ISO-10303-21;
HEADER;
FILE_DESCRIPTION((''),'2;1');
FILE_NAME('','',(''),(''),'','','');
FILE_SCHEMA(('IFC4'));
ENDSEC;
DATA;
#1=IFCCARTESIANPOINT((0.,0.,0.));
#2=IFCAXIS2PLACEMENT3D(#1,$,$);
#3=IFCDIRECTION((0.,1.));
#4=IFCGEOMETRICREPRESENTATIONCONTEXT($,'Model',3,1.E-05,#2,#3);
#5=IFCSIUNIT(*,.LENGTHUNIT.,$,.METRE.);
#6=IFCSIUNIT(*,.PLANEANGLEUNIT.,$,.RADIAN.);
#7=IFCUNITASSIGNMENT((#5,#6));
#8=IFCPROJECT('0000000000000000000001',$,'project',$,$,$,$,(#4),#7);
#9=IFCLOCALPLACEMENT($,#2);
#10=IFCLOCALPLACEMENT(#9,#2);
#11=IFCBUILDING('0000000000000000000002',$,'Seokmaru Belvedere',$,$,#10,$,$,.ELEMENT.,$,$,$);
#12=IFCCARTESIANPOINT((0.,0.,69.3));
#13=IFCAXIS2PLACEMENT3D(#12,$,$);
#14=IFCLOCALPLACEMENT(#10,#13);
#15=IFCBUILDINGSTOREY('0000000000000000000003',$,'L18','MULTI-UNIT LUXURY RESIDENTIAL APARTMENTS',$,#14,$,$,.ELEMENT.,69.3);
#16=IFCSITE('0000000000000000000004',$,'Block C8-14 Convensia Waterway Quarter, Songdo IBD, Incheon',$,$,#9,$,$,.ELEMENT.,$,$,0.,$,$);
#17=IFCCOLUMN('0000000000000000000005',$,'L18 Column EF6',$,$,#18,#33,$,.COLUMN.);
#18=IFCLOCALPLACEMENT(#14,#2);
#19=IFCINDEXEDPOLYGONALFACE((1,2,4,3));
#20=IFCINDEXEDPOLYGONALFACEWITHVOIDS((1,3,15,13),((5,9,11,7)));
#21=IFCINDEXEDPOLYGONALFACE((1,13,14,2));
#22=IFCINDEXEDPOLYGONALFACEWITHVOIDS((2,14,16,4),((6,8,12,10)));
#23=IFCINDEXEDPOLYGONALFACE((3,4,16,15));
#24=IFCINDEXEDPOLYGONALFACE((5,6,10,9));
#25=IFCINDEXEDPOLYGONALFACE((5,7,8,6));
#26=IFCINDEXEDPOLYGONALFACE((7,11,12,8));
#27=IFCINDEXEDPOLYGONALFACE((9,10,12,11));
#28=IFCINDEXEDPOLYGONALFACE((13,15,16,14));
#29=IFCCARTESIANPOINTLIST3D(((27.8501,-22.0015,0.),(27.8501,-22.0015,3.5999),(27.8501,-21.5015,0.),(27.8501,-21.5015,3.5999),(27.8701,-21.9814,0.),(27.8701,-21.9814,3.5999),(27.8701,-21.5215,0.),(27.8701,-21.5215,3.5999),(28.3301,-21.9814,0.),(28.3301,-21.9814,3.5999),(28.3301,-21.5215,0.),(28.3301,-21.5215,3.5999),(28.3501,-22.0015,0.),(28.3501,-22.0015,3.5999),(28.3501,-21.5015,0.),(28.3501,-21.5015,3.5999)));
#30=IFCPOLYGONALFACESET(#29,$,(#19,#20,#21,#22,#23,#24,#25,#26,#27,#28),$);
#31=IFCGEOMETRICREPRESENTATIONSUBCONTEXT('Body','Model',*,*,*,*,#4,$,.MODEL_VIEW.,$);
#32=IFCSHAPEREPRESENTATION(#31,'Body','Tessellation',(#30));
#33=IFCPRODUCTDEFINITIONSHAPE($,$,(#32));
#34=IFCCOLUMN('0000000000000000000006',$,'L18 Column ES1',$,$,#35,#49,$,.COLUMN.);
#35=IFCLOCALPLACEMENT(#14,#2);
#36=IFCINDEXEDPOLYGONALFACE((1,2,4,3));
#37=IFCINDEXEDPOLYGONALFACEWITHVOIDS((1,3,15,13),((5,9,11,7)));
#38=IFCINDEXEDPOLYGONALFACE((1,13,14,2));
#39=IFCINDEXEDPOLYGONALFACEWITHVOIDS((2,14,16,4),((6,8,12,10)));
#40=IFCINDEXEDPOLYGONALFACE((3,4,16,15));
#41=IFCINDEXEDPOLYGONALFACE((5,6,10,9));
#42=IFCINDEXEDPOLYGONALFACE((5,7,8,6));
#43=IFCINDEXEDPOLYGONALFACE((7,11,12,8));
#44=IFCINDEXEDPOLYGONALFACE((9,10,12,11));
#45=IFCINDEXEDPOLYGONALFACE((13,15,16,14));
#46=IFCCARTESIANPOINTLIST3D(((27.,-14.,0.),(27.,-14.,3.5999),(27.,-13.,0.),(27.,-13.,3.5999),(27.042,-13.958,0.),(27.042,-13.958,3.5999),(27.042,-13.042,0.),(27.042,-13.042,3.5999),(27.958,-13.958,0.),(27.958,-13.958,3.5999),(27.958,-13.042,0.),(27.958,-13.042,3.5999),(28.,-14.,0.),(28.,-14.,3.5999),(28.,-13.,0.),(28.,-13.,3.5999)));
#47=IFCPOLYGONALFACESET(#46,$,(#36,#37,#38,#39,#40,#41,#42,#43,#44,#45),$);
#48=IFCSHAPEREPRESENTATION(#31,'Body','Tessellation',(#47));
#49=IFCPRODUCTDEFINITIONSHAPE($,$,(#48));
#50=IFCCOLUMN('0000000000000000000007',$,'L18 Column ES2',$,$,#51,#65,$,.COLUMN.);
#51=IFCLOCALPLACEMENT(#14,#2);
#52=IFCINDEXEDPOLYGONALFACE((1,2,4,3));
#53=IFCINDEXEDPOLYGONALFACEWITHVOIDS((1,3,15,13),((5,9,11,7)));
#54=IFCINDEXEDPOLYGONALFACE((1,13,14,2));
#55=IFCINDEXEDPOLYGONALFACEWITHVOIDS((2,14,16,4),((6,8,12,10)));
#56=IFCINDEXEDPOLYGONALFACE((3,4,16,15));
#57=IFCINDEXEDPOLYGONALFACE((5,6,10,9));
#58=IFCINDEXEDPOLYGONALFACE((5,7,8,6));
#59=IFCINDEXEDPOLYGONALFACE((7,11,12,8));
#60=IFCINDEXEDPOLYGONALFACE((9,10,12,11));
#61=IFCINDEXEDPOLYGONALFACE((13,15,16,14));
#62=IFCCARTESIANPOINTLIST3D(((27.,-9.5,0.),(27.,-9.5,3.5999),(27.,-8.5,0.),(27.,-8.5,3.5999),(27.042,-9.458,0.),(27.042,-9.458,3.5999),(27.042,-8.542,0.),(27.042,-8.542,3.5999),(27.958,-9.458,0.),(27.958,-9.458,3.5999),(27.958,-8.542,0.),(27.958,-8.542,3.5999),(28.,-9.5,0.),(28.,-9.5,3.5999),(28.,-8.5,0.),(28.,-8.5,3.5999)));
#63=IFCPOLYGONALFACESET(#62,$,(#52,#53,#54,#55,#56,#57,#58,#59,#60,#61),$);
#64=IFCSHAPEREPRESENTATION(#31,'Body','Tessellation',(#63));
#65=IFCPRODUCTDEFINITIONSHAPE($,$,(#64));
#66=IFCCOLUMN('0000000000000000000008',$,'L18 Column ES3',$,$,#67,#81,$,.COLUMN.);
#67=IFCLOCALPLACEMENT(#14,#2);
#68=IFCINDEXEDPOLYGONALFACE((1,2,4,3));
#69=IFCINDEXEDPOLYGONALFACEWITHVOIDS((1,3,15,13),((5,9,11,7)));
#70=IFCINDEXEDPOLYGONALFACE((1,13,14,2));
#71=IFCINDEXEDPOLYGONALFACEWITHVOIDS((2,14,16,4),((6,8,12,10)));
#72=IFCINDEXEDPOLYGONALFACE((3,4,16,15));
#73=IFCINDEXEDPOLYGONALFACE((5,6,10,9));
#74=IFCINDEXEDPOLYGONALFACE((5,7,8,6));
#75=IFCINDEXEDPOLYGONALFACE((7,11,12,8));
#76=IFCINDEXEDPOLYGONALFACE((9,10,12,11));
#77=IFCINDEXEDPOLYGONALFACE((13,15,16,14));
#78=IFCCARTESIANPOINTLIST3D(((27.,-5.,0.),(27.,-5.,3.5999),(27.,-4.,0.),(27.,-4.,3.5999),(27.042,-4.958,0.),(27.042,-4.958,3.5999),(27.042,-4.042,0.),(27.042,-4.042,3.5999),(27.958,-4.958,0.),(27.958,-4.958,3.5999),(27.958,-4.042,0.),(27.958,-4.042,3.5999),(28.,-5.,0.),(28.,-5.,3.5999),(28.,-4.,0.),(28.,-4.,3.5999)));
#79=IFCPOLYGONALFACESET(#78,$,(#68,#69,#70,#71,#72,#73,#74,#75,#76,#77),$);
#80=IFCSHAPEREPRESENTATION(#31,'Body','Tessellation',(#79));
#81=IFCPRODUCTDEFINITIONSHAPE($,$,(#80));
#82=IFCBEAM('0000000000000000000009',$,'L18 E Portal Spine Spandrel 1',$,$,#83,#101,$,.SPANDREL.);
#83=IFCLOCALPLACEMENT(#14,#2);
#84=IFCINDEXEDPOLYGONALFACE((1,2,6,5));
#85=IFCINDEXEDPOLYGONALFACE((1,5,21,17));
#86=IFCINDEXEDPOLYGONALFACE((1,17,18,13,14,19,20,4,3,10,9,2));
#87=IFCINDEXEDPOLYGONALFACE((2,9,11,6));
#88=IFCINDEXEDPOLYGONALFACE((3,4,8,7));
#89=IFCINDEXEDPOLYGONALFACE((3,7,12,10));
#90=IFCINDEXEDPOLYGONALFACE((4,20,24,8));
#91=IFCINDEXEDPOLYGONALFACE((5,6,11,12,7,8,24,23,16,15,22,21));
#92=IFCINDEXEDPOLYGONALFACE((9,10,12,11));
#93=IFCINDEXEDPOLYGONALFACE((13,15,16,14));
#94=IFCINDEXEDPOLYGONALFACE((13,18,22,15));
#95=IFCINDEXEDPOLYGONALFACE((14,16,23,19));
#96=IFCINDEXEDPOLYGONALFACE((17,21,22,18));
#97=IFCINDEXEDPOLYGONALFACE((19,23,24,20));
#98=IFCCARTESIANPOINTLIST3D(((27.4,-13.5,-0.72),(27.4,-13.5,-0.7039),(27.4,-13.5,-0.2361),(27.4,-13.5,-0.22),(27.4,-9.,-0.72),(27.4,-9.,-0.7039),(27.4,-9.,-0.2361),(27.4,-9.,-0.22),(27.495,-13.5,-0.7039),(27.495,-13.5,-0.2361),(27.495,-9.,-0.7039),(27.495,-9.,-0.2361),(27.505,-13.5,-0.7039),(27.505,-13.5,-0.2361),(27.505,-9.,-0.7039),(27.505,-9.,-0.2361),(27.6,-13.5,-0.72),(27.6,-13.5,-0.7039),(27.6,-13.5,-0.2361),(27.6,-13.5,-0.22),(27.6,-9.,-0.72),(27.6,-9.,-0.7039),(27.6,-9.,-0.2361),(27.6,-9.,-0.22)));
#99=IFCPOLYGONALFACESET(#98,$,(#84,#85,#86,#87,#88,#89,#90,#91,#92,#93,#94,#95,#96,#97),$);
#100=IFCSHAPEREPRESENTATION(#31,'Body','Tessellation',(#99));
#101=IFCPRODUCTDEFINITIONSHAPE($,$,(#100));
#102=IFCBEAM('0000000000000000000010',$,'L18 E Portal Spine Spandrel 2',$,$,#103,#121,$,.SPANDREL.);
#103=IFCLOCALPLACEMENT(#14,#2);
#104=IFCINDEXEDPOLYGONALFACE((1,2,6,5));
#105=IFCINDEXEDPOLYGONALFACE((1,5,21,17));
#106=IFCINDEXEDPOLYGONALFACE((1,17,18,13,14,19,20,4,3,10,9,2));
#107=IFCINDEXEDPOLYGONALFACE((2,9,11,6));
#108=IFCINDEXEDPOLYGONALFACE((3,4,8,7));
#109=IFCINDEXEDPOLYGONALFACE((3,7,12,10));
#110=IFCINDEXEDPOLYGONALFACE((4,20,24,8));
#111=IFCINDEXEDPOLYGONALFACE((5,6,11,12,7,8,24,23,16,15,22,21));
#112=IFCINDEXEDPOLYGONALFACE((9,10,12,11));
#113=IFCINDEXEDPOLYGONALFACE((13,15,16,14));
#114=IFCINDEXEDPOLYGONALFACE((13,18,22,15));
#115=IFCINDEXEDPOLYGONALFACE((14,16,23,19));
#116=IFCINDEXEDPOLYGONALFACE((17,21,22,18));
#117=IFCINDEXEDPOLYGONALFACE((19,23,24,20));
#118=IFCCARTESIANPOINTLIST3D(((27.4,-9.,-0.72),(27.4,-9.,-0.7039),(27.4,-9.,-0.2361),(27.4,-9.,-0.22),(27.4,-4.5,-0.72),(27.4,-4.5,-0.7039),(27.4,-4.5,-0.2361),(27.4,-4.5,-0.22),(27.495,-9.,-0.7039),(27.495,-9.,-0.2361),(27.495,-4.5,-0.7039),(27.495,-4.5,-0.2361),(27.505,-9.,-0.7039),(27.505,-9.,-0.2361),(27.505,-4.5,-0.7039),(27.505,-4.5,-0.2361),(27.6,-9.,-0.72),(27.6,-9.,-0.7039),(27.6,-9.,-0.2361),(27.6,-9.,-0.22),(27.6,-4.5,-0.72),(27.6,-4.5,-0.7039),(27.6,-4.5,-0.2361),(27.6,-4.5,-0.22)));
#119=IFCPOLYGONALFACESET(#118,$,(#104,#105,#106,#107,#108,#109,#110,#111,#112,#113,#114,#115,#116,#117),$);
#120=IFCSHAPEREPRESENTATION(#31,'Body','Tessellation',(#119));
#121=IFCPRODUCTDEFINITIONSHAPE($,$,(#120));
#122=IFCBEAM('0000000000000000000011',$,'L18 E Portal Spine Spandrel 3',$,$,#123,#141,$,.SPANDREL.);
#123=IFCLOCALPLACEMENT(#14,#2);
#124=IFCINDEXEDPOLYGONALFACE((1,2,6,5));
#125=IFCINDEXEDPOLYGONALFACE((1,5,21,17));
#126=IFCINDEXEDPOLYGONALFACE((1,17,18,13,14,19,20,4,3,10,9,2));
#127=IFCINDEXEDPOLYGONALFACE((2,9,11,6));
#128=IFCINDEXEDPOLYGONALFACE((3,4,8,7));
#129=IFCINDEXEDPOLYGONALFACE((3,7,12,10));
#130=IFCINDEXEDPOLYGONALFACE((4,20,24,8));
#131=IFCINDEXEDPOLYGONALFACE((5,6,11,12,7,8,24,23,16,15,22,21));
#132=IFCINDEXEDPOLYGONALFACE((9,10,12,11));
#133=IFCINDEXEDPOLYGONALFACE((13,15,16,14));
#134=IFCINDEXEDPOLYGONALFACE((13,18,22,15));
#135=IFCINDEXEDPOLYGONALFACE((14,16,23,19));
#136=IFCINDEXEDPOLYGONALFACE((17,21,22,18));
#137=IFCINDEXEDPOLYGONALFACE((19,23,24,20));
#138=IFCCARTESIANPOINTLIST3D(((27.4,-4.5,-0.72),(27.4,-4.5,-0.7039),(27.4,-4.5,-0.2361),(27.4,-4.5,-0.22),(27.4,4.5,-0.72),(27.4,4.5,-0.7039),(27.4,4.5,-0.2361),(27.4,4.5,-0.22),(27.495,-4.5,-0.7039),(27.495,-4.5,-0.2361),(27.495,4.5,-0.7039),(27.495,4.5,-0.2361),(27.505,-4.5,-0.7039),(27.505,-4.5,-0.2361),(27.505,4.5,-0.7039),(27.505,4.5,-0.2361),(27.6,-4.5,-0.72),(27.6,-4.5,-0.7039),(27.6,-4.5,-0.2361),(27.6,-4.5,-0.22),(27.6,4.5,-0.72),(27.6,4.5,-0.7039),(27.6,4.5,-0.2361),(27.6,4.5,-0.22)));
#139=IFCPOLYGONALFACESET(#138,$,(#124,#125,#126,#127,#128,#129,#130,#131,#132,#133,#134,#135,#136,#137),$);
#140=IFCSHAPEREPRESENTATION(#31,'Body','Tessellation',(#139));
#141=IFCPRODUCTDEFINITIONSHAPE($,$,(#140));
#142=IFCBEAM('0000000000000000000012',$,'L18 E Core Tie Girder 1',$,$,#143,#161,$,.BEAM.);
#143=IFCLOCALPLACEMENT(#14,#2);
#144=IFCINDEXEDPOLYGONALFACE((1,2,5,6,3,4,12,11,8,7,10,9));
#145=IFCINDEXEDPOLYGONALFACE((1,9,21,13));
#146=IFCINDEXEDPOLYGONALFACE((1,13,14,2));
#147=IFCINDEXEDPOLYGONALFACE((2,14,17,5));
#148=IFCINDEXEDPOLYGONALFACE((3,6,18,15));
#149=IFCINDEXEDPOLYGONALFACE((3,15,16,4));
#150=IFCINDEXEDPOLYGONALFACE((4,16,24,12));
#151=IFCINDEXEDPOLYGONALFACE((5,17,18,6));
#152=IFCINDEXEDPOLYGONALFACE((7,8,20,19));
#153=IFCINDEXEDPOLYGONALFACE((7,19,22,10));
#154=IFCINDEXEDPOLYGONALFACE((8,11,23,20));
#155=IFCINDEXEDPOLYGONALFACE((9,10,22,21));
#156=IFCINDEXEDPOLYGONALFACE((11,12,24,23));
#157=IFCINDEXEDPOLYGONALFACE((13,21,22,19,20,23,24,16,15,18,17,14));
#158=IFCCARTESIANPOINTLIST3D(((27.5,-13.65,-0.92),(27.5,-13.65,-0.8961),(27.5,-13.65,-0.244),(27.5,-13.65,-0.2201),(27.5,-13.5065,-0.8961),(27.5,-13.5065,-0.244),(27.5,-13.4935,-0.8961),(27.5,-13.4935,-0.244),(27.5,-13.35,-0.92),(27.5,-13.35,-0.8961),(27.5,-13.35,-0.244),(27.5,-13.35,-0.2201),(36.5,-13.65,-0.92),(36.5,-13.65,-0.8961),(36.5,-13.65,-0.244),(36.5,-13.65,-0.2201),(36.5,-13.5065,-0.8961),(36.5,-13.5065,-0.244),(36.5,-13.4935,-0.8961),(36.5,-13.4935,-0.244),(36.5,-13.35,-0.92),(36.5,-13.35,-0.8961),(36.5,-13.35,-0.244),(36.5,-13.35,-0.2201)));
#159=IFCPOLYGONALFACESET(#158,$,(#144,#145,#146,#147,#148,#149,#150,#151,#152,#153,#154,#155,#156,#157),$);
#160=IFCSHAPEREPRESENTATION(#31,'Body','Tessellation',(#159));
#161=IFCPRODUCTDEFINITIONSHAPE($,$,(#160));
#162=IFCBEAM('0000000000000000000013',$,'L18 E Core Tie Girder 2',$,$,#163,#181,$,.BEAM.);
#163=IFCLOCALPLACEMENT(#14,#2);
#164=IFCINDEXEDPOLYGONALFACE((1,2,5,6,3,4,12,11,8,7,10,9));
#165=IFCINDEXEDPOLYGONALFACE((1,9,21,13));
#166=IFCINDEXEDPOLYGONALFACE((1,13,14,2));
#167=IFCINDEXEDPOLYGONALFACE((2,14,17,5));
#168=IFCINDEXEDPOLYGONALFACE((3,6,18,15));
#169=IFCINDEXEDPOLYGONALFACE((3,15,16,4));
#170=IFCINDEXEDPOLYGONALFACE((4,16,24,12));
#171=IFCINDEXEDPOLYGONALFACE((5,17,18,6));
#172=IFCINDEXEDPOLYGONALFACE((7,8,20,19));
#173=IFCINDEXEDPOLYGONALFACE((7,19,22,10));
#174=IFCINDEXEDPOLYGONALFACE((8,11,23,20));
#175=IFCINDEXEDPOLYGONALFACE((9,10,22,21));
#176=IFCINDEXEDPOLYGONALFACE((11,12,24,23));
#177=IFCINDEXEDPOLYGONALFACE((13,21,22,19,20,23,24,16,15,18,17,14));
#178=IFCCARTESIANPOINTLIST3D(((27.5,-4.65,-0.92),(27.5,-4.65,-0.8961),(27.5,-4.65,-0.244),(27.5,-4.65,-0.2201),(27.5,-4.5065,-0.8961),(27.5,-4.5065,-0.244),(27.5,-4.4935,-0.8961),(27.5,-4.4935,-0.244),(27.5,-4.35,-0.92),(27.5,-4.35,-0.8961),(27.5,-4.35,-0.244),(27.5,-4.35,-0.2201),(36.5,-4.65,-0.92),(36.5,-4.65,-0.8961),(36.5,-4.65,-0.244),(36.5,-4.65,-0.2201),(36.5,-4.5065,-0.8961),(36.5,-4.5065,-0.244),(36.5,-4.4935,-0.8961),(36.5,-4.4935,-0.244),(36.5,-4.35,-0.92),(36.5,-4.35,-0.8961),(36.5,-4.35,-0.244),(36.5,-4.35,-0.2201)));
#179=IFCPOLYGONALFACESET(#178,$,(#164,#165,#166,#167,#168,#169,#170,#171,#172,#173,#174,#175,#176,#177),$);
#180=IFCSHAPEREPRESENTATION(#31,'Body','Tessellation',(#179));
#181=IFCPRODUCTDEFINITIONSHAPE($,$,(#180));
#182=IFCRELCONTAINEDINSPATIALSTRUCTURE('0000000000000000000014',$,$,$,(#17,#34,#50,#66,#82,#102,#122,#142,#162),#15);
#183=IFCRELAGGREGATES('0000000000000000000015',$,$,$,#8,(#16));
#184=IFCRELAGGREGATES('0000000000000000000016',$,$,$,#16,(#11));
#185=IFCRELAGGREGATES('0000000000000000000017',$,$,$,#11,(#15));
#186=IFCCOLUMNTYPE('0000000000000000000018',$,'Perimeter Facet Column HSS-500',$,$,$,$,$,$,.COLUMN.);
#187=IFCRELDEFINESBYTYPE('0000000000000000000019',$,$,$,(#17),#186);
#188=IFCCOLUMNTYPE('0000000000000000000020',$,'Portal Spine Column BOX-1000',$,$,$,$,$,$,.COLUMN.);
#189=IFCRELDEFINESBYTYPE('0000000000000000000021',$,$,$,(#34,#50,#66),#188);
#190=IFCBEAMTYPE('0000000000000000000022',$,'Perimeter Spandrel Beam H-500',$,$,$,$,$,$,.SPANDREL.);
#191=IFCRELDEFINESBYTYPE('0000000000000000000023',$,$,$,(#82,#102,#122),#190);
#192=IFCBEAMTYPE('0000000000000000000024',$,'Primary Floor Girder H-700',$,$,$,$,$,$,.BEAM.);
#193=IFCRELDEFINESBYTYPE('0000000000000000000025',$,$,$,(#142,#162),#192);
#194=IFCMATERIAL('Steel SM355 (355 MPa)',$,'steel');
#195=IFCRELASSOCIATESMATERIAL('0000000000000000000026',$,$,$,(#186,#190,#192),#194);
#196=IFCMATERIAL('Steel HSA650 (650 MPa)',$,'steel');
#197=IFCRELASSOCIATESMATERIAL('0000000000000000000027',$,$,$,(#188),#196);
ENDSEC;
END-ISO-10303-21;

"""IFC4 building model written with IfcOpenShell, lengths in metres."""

from ifc_helpers import new_model, si_unit, direction, frame, origin, origin_2d, place, context, subcontext, project, spatial, hollow_rectangle, i_section, extrude, source, transform, mapped, material, material_profile, profile_set, type_object, type_shapes, element, save


model = new_model("IFC4")

# Units and contexts
model_context = context("Model", 3, precision=1e-05, world=origin(), true_north=direction((0.0, 1.0)))
body_context = subcontext(model_context, "Body", "Model", "MODEL_VIEW")
ifc_project = project(units=[si_unit("LENGTHUNIT", "METRE"), si_unit("PLANEANGLEUNIT", "RADIAN")], contexts=[model_context])

# Site, building, storey
site_placement = place(None, origin())
site = spatial("IfcSite", under=ifc_project, at=site_placement, Name="Block C8-14 Convensia Waterway Quarter, Songdo IBD, Incheon", CompositionType="ELEMENT", RefElevation=0.0)
building_placement = place(site_placement, origin())
building = spatial("IfcBuilding", under=site, at=building_placement, Name="Seokmaru Belvedere", CompositionType="ELEMENT")
storey_placement = place(building_placement, frame((0.0, 0.0, 69.3)))
storey = spatial("IfcBuildingStorey", under=building, at=storey_placement, Name="L18", Description="MULTI-UNIT LUXURY RESIDENTIAL APARTMENTS", CompositionType="ELEMENT", Elevation=69.3)

# Columns
ifc_material_1 = material(Name="Steel SM355 (355 MPa)", Category="steel")
ifc_material_profile_1 = material_profile(ifc_material_1, hollow_rectangle(XDim=0.5, YDim=0.5, WallThickness=0.02, at=origin_2d()), Name="HSS-500x500x20")
ifc_profile_set_1 = profile_set([ifc_material_profile_1], Name="Steel SM355 (355 MPa)")
column_type_1 = type_object("IfcColumnType", Name="Perimeter Facet Column HSS-500", PredefinedType="COLUMN", material=ifc_profile_set_1)
shared_shape_1 = source(origin(), body_context, "Body", "SweptSolid", [
    extrude(hollow_rectangle(XDim=0.5, YDim=0.5, WallThickness=0.02, at=origin_2d()), origin(), (0.0, 0.0, 1.0), 3.5999),
])
type_shapes(column_type_1, [shared_shape_1])
column_placement = place(storey_placement, frame((28.1001, -21.7515, 0.0), z_axis=(0.0, 0.0, 1.0), x_axis=(1.0, 0.0, 0.0)))
element("IfcColumn", 1, at=column_placement, inside=storey, type_object=column_type_1, Name="L18 Column EF6", PredefinedType="COLUMN", context=body_context, shape_type="MappedRepresentation", body=[
    mapped(shared_shape_1, transform((0.0, 0.0, 0.0), scale=1.0)),
])
ifc_material_2 = material(Name="Steel HSA650 (650 MPa)", Category="steel")
ifc_material_profile_2 = material_profile(ifc_material_2, hollow_rectangle(XDim=1.0, YDim=1.0, WallThickness=0.042, at=origin_2d()), Name="BOX-1000x1000x42")
ifc_profile_set_2 = profile_set([ifc_material_profile_2], Name="Steel HSA650 (650 MPa)")
column_type_2 = type_object("IfcColumnType", Name="Portal Spine Column BOX-1000", PredefinedType="COLUMN", material=ifc_profile_set_2)
shared_shape_2 = source(origin(), body_context, "Body", "SweptSolid", [
    extrude(hollow_rectangle(XDim=1.0, YDim=1.0, WallThickness=0.042, at=origin_2d()), origin(), (0.0, 0.0, 1.0), 3.5999),
])
type_shapes(column_type_2, [shared_shape_2])
for number, where, z_axis, x_axis, name in (
    (2, (27.5, -13.5, 0.0), (0.0, 0.0, 1.0), (1.0, 0.0, 0.0), "L18 Column ES1"),
    (3, (27.5, -9.0, 0.0), (0.0, 0.0, 1.0), (1.0, 0.0, 0.0), "L18 Column ES2"),
    (4, (27.5, -4.5, 0.0), (0.0, 0.0, 1.0), (1.0, 0.0, 0.0), "L18 Column ES3"),
):
    element("IfcColumn", number, at=place(storey_placement, frame(where, z_axis=z_axis, x_axis=x_axis)), inside=storey, type_object=column_type_2, Name=name, PredefinedType="COLUMN", context=body_context, shape_type="MappedRepresentation", body=[
        mapped(shared_shape_2, transform((0.0, 0.0, 0.0), scale=1.0)),
    ])

# Beams
ifc_material_profile_3 = material_profile(ifc_material_1, i_section(OverallWidth=0.2, OverallDepth=0.5, WebThickness=0.01, FlangeThickness=0.0161, at=origin_2d()), Name="H-500x200x10x16")
ifc_profile_set_3 = profile_set([ifc_material_profile_3], Name="Steel SM355 (355 MPa)")
beam_type_1 = type_object("IfcBeamType", Name="Perimeter Spandrel Beam H-500", PredefinedType="SPANDREL", material=ifc_profile_set_3)
shared_shape_3 = source(origin(), body_context, "Body", "SweptSolid", [
    extrude(i_section(OverallWidth=0.2, OverallDepth=0.5, WebThickness=0.01, FlangeThickness=0.0161, at=origin_2d()), origin(), (0.0, 0.0, 1.0), 4.5),
])
for number, where, z_axis, x_axis, name in (
    (5, (27.5, -13.5, -0.47), (0.0, 1.0, 0.0), (-1.0, 0.0, 0.0), "L18 E Portal Spine Spandrel 1"),
    (6, (27.5, -9.0, -0.47), (0.0, 1.0, 0.0), (-1.0, 0.0, 0.0), "L18 E Portal Spine Spandrel 2"),
):
    element("IfcBeam", number, at=place(storey_placement, frame(where, z_axis=z_axis, x_axis=x_axis)), inside=storey, type_object=beam_type_1, Name=name, PredefinedType="SPANDREL", context=body_context, shape_type="MappedRepresentation", body=[
        mapped(shared_shape_3, transform((0.0, 0.0, 0.0), scale=1.0)),
    ])
shared_shape_4 = source(origin(), body_context, "Body", "SweptSolid", [
    extrude(i_section(OverallWidth=0.2, OverallDepth=0.5, WebThickness=0.01, FlangeThickness=0.0161, at=origin_2d()), origin(), (0.0, 0.0, 1.0), 9.0),
])
beam_1_placement = place(storey_placement, frame((27.5, -4.5, -0.47), z_axis=(0.0, 1.0, 0.0), x_axis=(-1.0, 0.0, 0.0)))
element("IfcBeam", 7, at=beam_1_placement, inside=storey, type_object=beam_type_1, Name="L18 E Portal Spine Spandrel 3", PredefinedType="SPANDREL", context=body_context, shape_type="MappedRepresentation", body=[
    mapped(shared_shape_4, transform((0.0, 0.0, 0.0), scale=1.0)),
])
ifc_material_profile_4 = material_profile(ifc_material_1, i_section(OverallWidth=0.3, OverallDepth=0.7, WebThickness=0.0129, FlangeThickness=0.0239, at=origin_2d()), Name="H-700x300x13x24")
ifc_profile_set_4 = profile_set([ifc_material_profile_4], Name="Steel SM355 (355 MPa)")
beam_type_2 = type_object("IfcBeamType", Name="Primary Floor Girder H-700", PredefinedType="BEAM", material=ifc_profile_set_4)
shared_shape_5 = source(origin(), body_context, "Body", "SweptSolid", [
    extrude(i_section(OverallWidth=0.3, OverallDepth=0.7, WebThickness=0.0129, FlangeThickness=0.0239, at=origin_2d()), origin(), (0.0, 0.0, 1.0), 9.0),
])
type_shapes(beam_type_2, [shared_shape_5])
for number, where, z_axis, x_axis, name in (
    (8, (27.5, -13.5, -0.5701), (1.0, 0.0, 0.0), (0.0, 1.0, 0.0), "L18 E Core Tie Girder 1"),
    (9, (27.5, -4.5, -0.5701), (1.0, 0.0, 0.0), (0.0, 1.0, 0.0), "L18 E Core Tie Girder 2"),
):
    element("IfcBeam", number, at=place(storey_placement, frame(where, z_axis=z_axis, x_axis=x_axis)), inside=storey, type_object=beam_type_2, Name=name, PredefinedType="BEAM", context=body_context, shape_type="MappedRepresentation", body=[
        mapped(shared_shape_5, transform((0.0, 0.0, 0.0), scale=1.0)),
    ])

save(model, "model.ifc")
